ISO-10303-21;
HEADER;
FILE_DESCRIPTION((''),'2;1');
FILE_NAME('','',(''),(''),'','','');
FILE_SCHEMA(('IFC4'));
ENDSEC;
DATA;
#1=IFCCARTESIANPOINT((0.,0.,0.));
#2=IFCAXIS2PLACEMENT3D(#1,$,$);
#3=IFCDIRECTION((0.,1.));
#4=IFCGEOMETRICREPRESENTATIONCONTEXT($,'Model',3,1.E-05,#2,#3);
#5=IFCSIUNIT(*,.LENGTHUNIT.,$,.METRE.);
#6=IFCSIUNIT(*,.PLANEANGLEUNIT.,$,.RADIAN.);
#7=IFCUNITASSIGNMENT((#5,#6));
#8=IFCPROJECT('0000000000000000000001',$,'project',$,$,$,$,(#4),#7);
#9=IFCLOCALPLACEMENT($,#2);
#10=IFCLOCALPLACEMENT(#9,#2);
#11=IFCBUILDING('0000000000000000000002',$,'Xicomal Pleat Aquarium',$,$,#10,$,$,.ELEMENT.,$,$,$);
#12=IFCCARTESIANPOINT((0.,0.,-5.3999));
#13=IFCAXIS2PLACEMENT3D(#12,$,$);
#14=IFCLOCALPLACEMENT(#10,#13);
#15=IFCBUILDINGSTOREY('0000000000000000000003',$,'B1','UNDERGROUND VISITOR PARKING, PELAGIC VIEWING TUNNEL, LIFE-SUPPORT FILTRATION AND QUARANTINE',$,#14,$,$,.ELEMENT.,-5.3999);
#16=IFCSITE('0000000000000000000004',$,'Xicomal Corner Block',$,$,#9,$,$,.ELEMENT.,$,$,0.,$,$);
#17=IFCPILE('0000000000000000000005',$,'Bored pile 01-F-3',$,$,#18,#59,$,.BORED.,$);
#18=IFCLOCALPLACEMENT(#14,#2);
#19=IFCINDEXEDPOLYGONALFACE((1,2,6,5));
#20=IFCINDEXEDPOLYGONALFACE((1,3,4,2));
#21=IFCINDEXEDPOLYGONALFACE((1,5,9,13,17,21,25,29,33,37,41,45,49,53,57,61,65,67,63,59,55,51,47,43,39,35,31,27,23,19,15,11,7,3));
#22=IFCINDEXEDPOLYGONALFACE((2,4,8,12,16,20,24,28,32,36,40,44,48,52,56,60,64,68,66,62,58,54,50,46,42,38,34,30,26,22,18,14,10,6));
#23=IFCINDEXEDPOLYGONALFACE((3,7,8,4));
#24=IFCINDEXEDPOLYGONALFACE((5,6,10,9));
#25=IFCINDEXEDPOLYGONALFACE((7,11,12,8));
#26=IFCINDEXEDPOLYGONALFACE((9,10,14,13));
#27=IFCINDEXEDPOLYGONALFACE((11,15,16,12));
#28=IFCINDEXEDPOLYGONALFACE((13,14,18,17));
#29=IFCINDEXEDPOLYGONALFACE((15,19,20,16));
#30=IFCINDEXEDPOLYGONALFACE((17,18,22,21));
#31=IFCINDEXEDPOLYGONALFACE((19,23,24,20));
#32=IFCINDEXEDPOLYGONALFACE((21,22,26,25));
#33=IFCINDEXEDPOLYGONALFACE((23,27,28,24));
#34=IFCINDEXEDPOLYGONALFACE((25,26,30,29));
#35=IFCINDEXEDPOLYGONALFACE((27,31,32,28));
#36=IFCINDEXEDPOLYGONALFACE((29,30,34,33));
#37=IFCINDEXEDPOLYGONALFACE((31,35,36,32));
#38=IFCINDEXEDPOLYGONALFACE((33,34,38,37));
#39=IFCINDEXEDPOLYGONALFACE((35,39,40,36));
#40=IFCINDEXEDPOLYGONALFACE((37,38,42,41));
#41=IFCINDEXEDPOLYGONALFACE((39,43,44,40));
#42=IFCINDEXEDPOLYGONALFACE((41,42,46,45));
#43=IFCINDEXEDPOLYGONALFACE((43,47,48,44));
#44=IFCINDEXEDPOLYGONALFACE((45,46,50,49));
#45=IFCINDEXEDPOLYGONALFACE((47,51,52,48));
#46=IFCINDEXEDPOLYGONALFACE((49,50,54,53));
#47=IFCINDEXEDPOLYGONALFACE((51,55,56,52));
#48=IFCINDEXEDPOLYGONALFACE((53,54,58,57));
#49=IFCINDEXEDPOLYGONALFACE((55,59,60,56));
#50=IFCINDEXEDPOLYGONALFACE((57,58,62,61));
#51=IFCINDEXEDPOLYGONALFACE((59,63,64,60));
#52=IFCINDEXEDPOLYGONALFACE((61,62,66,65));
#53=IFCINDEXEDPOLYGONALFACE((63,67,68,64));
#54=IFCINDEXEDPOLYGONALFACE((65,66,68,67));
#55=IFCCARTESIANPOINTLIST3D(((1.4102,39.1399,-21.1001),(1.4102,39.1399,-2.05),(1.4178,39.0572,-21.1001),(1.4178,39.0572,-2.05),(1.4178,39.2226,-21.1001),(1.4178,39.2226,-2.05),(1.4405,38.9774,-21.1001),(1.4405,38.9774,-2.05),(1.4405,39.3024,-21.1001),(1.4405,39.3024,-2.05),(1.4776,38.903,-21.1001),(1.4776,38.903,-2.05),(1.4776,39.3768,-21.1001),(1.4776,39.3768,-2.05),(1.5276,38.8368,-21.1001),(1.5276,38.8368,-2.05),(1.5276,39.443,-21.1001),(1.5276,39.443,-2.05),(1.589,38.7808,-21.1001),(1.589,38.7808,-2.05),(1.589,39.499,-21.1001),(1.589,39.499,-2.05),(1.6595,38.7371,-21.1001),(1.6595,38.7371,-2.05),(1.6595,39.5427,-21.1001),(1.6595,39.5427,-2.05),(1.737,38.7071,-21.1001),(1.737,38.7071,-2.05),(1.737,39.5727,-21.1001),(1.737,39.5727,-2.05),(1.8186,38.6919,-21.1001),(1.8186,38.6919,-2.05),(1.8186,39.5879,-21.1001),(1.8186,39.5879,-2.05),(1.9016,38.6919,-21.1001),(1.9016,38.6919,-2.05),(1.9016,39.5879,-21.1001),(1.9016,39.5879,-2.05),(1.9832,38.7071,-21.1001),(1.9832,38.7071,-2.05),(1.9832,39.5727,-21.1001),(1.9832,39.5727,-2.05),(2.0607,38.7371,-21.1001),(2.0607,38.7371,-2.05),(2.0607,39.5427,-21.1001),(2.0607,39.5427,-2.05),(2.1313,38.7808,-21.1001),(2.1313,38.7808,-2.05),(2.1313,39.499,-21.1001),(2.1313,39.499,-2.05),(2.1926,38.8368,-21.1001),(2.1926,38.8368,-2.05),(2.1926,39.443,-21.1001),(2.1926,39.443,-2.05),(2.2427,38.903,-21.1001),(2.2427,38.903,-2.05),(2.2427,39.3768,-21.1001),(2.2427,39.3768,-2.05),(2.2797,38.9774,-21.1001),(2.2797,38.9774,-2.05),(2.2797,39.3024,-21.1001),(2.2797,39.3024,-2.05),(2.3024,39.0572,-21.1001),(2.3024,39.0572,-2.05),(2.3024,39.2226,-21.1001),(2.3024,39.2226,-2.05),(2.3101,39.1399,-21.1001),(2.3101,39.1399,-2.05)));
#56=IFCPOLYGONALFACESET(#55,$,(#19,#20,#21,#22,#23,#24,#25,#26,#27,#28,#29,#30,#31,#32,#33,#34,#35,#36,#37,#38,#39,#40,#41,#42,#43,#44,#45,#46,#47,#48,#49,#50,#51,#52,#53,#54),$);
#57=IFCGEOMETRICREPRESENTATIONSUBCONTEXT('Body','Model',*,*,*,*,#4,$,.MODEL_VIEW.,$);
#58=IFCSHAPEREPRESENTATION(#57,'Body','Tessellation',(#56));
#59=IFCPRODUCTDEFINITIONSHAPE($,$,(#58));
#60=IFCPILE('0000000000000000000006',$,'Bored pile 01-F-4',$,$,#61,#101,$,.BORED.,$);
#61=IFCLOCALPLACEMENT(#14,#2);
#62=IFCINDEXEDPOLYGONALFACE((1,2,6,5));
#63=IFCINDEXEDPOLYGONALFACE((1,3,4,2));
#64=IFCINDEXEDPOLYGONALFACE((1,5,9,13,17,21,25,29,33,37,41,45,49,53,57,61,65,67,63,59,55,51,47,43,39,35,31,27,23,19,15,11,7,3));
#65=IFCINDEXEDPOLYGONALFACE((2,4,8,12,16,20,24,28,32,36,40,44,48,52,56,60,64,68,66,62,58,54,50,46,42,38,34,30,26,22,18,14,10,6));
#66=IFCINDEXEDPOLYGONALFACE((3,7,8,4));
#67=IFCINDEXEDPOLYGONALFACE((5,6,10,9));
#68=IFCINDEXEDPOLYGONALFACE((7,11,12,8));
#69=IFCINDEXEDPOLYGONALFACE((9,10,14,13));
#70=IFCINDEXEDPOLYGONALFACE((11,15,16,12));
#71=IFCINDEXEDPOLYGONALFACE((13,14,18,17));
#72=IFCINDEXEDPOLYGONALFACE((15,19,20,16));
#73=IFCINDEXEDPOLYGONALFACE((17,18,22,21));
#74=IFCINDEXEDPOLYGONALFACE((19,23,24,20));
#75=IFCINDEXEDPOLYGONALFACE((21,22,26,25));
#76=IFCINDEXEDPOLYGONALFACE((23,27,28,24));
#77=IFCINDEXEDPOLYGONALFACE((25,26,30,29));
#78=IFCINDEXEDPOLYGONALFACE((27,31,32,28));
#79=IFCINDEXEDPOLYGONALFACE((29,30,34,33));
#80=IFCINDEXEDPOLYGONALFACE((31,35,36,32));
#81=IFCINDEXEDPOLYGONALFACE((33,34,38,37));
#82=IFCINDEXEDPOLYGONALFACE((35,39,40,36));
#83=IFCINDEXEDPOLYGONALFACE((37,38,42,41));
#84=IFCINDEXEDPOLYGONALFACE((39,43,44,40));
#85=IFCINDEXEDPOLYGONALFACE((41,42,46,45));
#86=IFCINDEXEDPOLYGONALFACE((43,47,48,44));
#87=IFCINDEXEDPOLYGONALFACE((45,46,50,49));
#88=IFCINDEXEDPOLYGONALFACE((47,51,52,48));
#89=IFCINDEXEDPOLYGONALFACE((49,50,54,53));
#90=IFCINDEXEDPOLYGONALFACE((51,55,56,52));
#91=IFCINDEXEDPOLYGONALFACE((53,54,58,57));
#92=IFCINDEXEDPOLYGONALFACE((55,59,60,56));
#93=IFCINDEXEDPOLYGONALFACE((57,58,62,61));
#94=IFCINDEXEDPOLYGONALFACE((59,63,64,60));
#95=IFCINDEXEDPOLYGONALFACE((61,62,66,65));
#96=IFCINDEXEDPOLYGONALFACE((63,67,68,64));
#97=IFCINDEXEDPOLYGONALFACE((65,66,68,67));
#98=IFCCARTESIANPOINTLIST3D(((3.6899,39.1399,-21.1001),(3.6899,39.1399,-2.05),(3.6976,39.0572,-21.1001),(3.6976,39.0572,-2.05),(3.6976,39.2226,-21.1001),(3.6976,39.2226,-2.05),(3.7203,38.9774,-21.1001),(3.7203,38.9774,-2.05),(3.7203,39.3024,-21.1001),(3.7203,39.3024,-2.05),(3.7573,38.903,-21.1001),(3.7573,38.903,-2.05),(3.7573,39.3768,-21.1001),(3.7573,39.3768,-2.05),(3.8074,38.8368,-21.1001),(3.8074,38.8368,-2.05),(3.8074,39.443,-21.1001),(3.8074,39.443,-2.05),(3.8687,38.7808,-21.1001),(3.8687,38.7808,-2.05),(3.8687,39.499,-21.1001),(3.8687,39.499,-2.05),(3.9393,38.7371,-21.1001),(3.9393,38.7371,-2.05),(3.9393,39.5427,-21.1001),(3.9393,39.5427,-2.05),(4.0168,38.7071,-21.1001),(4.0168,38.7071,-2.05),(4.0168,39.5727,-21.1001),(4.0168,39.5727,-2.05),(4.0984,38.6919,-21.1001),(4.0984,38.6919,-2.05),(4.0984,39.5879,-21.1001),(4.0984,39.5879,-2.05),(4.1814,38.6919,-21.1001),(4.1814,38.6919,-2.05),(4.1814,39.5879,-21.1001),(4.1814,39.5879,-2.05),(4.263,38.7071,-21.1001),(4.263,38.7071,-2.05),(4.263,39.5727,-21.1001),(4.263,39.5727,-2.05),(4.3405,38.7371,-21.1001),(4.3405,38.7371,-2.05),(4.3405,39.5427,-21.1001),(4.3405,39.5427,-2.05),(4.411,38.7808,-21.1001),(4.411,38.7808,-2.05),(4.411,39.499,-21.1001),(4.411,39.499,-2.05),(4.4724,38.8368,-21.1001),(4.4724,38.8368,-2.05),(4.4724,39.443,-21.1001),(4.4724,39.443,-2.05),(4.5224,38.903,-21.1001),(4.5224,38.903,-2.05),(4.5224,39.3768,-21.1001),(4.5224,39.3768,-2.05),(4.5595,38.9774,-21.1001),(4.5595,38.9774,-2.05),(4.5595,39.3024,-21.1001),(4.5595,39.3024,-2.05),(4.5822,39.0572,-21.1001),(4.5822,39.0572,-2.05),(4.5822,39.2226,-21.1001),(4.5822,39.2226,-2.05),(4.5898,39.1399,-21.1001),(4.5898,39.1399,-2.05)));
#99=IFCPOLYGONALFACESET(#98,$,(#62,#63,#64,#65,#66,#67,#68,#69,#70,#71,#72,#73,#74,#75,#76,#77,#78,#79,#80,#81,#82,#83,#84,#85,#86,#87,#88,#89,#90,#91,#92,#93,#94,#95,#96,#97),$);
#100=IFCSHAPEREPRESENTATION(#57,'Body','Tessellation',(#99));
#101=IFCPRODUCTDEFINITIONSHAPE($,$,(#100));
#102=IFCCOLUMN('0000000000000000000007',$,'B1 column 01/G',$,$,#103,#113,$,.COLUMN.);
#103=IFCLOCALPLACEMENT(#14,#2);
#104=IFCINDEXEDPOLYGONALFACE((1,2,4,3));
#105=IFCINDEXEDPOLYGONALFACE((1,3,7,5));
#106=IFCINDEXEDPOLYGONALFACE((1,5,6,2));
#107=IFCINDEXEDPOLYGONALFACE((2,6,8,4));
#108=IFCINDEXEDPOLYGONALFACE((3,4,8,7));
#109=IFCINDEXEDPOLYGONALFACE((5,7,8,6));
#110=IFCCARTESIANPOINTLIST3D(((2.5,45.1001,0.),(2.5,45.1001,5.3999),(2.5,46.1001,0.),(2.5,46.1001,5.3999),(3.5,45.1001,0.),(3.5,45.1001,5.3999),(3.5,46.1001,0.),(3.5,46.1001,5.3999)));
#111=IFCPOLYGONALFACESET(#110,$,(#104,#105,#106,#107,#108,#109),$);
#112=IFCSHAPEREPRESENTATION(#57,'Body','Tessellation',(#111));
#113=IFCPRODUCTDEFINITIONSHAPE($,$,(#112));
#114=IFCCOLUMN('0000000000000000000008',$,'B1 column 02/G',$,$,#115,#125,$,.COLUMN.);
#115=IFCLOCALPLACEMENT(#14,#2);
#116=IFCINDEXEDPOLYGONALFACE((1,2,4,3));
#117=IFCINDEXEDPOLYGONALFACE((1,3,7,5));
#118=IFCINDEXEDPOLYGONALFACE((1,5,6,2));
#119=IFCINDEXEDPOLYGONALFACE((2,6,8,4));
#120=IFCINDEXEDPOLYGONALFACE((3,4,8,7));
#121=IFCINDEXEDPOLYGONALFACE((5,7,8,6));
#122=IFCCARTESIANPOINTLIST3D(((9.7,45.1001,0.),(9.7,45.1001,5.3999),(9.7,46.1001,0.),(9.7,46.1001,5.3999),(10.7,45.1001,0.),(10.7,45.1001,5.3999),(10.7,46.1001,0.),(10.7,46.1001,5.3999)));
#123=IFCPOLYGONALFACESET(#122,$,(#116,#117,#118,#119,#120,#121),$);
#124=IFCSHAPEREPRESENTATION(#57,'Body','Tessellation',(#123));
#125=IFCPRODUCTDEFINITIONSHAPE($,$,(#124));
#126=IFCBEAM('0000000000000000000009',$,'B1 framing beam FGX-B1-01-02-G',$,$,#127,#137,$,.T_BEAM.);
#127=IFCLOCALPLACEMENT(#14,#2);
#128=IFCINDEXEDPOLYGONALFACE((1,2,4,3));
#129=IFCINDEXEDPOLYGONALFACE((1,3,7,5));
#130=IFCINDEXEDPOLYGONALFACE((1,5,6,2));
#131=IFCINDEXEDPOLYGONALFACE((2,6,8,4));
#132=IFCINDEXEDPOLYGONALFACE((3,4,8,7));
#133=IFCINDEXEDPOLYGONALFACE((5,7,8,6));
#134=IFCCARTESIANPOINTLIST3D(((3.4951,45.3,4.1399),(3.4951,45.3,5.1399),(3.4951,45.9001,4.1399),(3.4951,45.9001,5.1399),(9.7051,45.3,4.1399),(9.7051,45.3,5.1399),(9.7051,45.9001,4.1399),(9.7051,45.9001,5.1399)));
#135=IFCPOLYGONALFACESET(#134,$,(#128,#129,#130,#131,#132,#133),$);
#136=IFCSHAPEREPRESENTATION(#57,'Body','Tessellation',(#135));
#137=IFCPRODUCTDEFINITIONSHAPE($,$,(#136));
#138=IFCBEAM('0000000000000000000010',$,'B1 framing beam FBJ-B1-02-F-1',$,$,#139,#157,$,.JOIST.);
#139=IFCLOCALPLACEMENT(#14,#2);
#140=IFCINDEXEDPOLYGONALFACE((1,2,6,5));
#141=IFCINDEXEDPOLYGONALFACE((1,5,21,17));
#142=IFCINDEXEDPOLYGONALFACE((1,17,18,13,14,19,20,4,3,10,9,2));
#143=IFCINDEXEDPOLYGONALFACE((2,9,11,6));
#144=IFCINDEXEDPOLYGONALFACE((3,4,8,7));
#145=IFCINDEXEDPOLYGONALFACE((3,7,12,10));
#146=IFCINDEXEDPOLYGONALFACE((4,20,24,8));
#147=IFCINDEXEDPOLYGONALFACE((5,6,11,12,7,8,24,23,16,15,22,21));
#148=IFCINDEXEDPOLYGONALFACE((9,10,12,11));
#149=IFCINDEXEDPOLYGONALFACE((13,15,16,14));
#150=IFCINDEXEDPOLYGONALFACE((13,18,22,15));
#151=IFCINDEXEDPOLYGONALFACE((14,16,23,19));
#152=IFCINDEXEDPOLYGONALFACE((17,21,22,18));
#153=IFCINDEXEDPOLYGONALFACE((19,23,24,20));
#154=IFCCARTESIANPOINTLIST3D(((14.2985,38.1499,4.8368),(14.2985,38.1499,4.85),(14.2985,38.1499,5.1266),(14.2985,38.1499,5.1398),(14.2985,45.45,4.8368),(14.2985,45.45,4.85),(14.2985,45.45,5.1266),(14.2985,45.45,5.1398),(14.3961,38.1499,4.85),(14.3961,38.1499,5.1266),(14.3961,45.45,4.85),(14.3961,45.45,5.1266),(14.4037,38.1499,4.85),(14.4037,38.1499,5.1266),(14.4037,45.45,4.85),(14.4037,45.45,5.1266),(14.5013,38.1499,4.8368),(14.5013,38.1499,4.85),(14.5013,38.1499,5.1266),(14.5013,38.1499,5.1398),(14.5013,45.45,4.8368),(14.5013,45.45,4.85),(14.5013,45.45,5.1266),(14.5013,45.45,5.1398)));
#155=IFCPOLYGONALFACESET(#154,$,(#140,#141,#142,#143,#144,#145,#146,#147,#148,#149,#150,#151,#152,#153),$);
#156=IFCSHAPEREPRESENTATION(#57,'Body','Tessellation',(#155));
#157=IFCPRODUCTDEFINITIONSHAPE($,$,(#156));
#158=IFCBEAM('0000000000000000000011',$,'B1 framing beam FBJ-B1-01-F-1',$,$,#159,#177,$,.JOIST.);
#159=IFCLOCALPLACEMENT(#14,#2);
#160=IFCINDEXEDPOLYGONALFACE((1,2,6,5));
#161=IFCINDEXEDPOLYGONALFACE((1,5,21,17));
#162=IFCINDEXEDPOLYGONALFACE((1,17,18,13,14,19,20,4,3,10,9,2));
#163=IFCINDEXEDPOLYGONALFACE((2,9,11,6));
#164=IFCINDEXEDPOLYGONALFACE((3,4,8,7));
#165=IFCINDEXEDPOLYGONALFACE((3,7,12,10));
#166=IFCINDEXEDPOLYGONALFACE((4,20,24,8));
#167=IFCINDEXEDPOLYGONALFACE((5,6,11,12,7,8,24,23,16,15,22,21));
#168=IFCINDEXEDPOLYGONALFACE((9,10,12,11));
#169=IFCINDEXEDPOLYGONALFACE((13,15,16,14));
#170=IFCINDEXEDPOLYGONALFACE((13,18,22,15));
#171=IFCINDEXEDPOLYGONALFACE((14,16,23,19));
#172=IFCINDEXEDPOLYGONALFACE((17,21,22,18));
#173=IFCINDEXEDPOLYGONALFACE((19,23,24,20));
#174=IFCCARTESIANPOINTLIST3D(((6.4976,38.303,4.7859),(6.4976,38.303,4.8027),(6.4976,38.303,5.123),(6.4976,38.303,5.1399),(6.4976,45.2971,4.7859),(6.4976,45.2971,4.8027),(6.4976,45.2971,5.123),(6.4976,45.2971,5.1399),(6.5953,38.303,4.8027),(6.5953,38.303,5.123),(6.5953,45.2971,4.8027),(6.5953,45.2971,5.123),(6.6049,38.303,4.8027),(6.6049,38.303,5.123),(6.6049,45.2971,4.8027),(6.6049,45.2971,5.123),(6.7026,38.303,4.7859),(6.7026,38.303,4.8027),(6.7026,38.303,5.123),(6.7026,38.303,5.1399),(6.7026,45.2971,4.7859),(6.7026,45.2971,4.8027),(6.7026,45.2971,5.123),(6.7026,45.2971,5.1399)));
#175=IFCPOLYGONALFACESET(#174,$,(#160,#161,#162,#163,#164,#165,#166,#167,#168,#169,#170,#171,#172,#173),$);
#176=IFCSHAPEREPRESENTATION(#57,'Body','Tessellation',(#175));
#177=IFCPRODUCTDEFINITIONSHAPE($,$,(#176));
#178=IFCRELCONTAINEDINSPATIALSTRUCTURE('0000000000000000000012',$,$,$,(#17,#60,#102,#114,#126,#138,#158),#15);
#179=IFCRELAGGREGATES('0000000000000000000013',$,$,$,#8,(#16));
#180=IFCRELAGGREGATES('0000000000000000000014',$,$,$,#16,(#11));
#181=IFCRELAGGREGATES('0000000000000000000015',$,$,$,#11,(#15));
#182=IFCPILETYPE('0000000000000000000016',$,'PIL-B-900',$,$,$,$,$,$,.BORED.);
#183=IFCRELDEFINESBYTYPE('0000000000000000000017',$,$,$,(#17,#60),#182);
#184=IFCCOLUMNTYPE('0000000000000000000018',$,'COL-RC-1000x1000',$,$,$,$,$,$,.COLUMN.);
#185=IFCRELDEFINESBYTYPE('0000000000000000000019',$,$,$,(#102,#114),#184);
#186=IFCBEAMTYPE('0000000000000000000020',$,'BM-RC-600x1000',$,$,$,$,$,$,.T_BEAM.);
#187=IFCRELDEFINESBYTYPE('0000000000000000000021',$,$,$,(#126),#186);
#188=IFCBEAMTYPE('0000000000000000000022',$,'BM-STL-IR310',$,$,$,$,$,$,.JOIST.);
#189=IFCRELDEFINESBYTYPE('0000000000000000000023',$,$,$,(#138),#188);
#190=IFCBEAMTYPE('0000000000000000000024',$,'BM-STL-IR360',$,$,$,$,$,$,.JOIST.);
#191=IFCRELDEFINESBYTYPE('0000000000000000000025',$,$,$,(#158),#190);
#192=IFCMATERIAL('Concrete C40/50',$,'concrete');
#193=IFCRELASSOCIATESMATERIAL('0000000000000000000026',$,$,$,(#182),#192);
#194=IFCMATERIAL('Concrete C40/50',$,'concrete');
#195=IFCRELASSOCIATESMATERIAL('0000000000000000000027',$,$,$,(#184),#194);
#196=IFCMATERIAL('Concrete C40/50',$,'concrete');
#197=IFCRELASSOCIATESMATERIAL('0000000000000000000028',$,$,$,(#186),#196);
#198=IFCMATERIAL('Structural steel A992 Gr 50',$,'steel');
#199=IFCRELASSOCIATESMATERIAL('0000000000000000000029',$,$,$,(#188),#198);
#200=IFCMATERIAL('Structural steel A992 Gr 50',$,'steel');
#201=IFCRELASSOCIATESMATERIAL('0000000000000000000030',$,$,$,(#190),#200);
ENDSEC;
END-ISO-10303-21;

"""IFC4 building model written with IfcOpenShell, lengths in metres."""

from ifc_helpers import new_model, si_unit, direction, frame, origin, origin_2d, place, context, subcontext, project, spatial, rectangle, circle, i_section, extrude, material, material_profile, profile_set, type_object, element, save


model = new_model("IFC4")

# Units and contexts
model_context = context("Model", 3, precision=1e-05, world=origin(), true_north=direction((0.0, 1.0)))
body_context = subcontext(model_context, "Body", "Model", "MODEL_VIEW")
ifc_project = project(units=[si_unit("LENGTHUNIT", "METRE"), si_unit("PLANEANGLEUNIT", "RADIAN")], contexts=[model_context])

# Site, building, storey
site_placement = place(None, origin())
site = spatial("IfcSite", under=ifc_project, at=site_placement, Name="Xicomal Corner Block", CompositionType="ELEMENT", RefElevation=0.0)
building_placement = place(site_placement, origin())
building = spatial("IfcBuilding", under=site, at=building_placement, Name="Xicomal Pleat Aquarium", CompositionType="ELEMENT")
storey_placement = place(building_placement, frame((0.0, 0.0, -5.3999)))
storey = spatial("IfcBuildingStorey", under=building, at=storey_placement, Name="B1", Description="UNDERGROUND VISITOR PARKING, PELAGIC VIEWING TUNNEL, LIFE-SUPPORT FILTRATION AND QUARANTINE", CompositionType="ELEMENT", Elevation=-5.3999)

# Piles
ifc_material_1 = material(Name="Concrete C40/50", Category="concrete")
ifc_material_profile_1 = material_profile(ifc_material_1, circle(Radius=0.45, at=origin_2d()), Name="BORED PILE D900")
ifc_profile_set_1 = profile_set([ifc_material_profile_1], Name="Concrete C40/50")
pile_type_1 = type_object("IfcPileType", Name="PIL-B-900", PredefinedType="BORED", material=ifc_profile_set_1)
for number, where, z_axis, x_axis, name in (
    (1, (1.8601, 39.1399, -2.05), (0.0, 0.0, -1.0), (1.0, 0.0, 0.0), "Bored pile 01-F-3"),
    (2, (4.1399, 39.1399, -2.05), (0.0, 0.0, -1.0), (1.0, 0.0, 0.0), "Bored pile 01-F-4"),
):
    element("IfcPile", number, at=place(storey_placement, frame(where, z_axis=z_axis, x_axis=x_axis)), inside=storey, type_object=pile_type_1, Name=name, PredefinedType="BORED", context=body_context, shape_type="SweptSolid", body=[
        extrude(circle(Radius=0.45, at=origin_2d()), origin(), (0.0, 0.0, 1.0), 19.05),
    ])

# Columns
ifc_material_2 = material(Name="Concrete C40/50", Category="concrete")
ifc_material_profile_2 = material_profile(ifc_material_2, rectangle(XDim=1.0, YDim=1.0, at=origin_2d()), Name="RC 1000x1000")
ifc_profile_set_2 = profile_set([ifc_material_profile_2], Name="Concrete C40/50")
column_type = type_object("IfcColumnType", Name="COL-RC-1000x1000", PredefinedType="COLUMN", material=ifc_profile_set_2)
for number, where, z_axis, x_axis, name in (
    (3, (3.0, 45.6001, 0.0), (0.0, 0.0, 1.0), (1.0, 0.0, 0.0), "B1 column 01/G"),
    (4, (10.2, 45.6001, 0.0), (0.0, 0.0, 1.0), (1.0, 0.0, 0.0), "B1 column 02/G"),
):
    element("IfcColumn", number, at=place(storey_placement, frame(where, z_axis=z_axis, x_axis=x_axis)), inside=storey, type_object=column_type, Name=name, PredefinedType="COLUMN", context=body_context, shape_type="SweptSolid", body=[
        extrude(rectangle(XDim=1.0, YDim=1.0, at=origin_2d()), origin(), (0.0, 0.0, 1.0), 5.3999),
    ])

# Beams
ifc_material_3 = material(Name="Concrete C40/50", Category="concrete")
ifc_material_profile_3 = material_profile(ifc_material_3, rectangle(XDim=0.6001, YDim=1.0, at=origin_2d()), Name="RC 600x1000")
ifc_profile_set_3 = profile_set([ifc_material_profile_3], Name="Concrete C40/50")
beam_type_1 = type_object("IfcBeamType", Name="BM-RC-600x1000", PredefinedType="T_BEAM", material=ifc_profile_set_3)
beam_1_placement = place(storey_placement, frame((3.4951, 45.6001, 4.6399), z_axis=(1.0, 0.0, 0.0), x_axis=(0.0, 1.0, 0.0)))
element("IfcBeam", 5, at=beam_1_placement, inside=storey, type_object=beam_type_1, Name="B1 framing beam FGX-B1-01-02-G", PredefinedType="T_BEAM", context=body_context, shape_type="SweptSolid", body=[
    extrude(rectangle(XDim=0.6001, YDim=1.0, at=origin_2d()), origin(), (0.0, 0.0, 1.0), 6.21),
])
ifc_material_4 = material(Name="Structural steel A992 Gr 50", Category="steel")
ifc_material_profile_4 = material_profile(ifc_material_4, i_section(OverallWidth=0.2029, OverallDepth=0.303, WebThickness=0.0076, FlangeThickness=0.0132, at=origin_2d()), Name="IR 310x60")
ifc_profile_set_4 = profile_set([ifc_material_profile_4], Name="Structural steel A992 Gr 50")
beam_type_2 = type_object("IfcBeamType", Name="BM-STL-IR310", PredefinedType="JOIST", material=ifc_profile_set_4)
beam_2_placement = place(storey_placement, frame((14.3999, 38.1499, 4.9883), z_axis=(0.0, 1.0, 0.0), x_axis=(-1.0, 0.0, 0.0)))
element("IfcBeam", 6, at=beam_2_placement, inside=storey, type_object=beam_type_2, Name="B1 framing beam FBJ-B1-02-F-1", PredefinedType="JOIST", context=body_context, shape_type="SweptSolid", body=[
    extrude(i_section(OverallWidth=0.2029, OverallDepth=0.303, WebThickness=0.0076, FlangeThickness=0.0132, at=origin_2d()), origin(), (0.0, 0.0, 1.0), 7.3),
])
ifc_material_5 = material(Name="Structural steel A992 Gr 50", Category="steel")
ifc_material_profile_5 = material_profile(ifc_material_5, i_section(OverallWidth=0.2051, OverallDepth=0.354, WebThickness=0.0095, FlangeThickness=0.0168, at=origin_2d()), Name="IR 360x79")
ifc_profile_set_5 = profile_set([ifc_material_profile_5], Name="Structural steel A992 Gr 50")
beam_type_3 = type_object("IfcBeamType", Name="BM-STL-IR360", PredefinedType="JOIST", material=ifc_profile_set_5)
beam_3_placement = place(storey_placement, frame((6.6001, 38.303, 4.9629), z_axis=(0.0, 1.0, 0.0), x_axis=(-1.0, 0.0, 0.0)))
element("IfcBeam", 7, at=beam_3_placement, inside=storey, type_object=beam_type_3, Name="B1 framing beam FBJ-B1-01-F-1", PredefinedType="JOIST", context=body_context, shape_type="SweptSolid", body=[
    extrude(i_section(OverallWidth=0.2051, OverallDepth=0.354, WebThickness=0.0095, FlangeThickness=0.0168, at=origin_2d()), origin(), (0.0, 0.0, 1.0), 6.9941),
])

save(model, "model.ifc")
